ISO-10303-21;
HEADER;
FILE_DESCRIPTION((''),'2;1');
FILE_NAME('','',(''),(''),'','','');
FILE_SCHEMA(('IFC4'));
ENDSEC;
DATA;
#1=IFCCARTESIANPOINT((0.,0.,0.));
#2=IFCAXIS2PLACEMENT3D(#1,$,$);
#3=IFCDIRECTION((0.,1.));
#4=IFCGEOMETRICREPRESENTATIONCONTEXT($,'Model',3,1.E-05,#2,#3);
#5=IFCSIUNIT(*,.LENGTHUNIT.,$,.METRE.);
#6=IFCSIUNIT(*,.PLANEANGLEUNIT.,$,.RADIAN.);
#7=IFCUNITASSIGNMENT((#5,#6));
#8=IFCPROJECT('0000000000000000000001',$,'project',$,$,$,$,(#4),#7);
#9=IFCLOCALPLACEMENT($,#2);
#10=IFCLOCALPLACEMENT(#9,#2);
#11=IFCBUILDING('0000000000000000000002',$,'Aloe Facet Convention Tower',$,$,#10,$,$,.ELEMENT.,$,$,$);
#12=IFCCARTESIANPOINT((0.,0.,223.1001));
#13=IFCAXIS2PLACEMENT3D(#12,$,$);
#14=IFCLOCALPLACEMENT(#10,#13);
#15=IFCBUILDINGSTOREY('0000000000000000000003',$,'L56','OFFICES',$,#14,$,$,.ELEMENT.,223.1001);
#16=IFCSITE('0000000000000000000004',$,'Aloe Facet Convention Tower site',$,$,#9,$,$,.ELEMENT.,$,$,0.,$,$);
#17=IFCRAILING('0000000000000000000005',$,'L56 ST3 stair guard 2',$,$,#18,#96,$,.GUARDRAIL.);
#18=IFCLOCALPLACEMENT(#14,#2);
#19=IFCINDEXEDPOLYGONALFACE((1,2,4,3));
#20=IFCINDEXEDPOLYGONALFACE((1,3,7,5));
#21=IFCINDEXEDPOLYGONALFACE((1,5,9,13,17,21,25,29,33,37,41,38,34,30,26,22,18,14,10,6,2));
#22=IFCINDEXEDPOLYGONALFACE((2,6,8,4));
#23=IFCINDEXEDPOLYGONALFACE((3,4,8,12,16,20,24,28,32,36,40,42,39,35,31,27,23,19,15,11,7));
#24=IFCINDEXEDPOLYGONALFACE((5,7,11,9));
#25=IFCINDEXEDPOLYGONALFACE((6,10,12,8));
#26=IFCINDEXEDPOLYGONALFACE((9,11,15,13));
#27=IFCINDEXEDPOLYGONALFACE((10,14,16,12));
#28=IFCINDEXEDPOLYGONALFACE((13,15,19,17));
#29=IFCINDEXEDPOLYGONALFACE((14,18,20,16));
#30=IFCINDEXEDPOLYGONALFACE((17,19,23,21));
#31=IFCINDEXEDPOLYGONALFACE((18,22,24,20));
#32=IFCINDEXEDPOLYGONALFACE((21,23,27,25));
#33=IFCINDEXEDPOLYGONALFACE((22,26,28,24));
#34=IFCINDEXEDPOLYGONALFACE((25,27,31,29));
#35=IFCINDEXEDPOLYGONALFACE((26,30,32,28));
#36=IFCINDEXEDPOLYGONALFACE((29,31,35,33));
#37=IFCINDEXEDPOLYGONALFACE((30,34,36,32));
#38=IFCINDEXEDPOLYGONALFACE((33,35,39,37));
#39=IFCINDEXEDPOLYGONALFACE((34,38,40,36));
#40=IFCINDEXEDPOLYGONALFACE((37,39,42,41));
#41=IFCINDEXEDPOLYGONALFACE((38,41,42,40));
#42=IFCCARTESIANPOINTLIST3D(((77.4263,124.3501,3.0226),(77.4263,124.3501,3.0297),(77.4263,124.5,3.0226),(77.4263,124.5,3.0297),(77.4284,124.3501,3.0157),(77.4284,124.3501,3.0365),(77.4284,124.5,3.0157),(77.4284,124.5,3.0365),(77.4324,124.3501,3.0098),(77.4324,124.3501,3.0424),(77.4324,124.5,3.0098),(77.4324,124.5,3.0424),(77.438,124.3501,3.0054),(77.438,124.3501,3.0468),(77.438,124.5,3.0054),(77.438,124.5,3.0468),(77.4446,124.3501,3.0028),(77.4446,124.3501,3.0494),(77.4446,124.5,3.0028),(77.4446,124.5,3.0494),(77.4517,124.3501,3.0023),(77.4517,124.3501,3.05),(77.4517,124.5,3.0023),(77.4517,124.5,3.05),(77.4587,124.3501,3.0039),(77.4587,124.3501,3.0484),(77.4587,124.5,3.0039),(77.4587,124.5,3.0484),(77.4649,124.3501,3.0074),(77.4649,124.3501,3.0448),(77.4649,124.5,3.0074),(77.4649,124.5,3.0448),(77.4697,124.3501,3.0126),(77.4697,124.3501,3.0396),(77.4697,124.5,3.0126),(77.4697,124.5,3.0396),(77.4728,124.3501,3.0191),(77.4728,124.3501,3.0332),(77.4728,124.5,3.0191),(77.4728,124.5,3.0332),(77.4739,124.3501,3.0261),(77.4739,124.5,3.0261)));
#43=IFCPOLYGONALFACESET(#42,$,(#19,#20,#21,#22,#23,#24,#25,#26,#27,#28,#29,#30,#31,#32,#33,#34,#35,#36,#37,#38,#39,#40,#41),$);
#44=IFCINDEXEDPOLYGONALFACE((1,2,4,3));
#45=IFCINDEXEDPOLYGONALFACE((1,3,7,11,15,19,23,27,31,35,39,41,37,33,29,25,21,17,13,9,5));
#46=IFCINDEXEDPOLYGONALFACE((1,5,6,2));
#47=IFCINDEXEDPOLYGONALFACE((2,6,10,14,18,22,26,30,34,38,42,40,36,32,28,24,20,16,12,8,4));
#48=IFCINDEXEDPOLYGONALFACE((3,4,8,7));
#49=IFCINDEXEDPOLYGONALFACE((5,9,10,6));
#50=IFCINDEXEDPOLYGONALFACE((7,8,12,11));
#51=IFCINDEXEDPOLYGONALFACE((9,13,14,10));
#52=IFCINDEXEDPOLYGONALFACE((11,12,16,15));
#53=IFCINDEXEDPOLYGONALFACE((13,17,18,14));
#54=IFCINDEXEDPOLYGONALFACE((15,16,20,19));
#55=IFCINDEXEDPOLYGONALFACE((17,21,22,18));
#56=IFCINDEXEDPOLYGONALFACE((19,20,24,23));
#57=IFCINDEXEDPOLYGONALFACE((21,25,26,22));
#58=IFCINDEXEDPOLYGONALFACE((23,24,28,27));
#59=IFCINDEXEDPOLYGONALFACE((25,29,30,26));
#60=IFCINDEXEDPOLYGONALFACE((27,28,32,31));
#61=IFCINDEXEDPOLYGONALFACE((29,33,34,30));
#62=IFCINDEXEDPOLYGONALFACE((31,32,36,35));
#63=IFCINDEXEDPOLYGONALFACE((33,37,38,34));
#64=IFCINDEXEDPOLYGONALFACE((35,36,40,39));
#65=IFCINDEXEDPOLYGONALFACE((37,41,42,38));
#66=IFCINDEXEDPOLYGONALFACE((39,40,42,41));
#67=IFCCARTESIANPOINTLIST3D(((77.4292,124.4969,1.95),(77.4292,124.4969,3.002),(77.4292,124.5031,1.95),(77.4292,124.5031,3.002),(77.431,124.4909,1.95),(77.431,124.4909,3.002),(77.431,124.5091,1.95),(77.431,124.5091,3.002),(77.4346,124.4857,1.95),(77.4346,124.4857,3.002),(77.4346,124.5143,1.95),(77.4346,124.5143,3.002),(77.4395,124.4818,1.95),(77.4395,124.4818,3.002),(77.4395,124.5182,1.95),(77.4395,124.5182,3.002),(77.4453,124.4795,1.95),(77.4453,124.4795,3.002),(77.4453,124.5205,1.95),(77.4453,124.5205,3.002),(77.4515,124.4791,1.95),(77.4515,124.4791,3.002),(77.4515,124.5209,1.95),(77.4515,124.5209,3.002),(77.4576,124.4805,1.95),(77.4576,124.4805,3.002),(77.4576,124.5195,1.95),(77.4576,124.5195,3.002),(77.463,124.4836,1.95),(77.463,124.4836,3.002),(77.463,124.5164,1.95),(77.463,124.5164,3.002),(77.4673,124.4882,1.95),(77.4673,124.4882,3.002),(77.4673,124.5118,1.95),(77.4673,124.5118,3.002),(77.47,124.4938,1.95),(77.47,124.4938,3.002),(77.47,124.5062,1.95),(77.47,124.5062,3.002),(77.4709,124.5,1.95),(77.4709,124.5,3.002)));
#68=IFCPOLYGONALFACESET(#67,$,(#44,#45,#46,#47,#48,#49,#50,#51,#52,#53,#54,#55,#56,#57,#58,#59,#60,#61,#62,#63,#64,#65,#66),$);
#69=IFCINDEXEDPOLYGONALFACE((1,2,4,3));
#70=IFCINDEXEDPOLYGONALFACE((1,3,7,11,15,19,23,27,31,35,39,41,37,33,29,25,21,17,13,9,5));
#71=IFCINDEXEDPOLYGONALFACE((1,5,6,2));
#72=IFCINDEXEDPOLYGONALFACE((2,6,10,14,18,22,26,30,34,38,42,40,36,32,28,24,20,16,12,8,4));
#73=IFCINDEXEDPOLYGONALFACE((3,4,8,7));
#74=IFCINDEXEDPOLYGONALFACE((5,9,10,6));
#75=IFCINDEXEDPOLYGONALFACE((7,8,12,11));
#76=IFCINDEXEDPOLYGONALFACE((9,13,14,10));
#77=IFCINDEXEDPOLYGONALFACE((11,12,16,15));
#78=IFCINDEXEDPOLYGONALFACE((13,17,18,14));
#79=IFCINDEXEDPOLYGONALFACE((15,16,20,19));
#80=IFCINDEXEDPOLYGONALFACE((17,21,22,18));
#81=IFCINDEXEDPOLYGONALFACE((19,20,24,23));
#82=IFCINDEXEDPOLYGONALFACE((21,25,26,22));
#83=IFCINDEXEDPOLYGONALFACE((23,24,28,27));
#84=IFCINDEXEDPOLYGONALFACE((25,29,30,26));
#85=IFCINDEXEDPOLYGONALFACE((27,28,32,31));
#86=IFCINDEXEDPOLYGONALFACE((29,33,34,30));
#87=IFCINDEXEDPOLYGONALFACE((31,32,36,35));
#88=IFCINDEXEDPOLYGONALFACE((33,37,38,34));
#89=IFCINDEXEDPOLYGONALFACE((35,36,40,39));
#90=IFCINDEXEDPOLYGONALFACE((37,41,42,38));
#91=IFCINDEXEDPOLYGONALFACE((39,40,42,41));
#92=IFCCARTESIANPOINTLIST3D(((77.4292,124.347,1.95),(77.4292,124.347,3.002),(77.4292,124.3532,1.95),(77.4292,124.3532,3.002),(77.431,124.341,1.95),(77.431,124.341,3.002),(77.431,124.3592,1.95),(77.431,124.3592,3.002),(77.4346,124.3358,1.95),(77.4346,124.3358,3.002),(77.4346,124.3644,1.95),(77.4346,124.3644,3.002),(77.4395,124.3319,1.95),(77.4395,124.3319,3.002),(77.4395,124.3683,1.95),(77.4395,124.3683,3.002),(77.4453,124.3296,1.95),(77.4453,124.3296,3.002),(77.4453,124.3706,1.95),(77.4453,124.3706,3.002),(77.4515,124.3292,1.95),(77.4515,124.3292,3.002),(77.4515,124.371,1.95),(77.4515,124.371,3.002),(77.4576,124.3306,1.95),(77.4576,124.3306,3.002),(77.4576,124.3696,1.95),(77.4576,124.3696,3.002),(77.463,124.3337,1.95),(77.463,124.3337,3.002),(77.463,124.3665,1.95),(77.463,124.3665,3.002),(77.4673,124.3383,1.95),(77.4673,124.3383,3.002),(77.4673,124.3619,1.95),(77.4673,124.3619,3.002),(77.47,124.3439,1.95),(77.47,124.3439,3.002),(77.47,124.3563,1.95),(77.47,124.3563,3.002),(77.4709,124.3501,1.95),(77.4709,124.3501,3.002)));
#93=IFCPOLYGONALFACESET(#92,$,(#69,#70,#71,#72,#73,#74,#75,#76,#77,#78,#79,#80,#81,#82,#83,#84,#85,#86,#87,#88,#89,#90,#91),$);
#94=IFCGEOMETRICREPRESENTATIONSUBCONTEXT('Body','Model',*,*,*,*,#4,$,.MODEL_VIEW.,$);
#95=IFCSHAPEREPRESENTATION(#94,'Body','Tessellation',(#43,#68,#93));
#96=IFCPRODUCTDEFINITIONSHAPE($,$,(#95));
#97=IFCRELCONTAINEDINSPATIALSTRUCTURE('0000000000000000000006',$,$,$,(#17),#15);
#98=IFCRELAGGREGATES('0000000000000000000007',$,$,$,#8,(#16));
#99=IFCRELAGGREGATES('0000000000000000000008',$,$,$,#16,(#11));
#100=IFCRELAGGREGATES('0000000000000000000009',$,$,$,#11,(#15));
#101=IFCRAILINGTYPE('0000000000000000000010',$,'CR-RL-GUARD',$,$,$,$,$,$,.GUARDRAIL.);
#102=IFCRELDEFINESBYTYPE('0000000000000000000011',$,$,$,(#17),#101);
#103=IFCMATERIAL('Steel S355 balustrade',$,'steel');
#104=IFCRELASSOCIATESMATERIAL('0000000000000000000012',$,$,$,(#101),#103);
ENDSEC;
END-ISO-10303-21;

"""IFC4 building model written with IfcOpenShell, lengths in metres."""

from ifc_helpers import new_model, si_unit, direction, frame, origin, origin_2d, place, context, subcontext, project, spatial, circle, extrude, material, type_object, element, save


model = new_model("IFC4")

# Units and contexts
model_context = context("Model", 3, precision=1e-05, world=origin(), true_north=direction((0.0, 1.0)))
body_context = subcontext(model_context, "Body", "Model", "MODEL_VIEW")
ifc_project = project(units=[si_unit("LENGTHUNIT", "METRE"), si_unit("PLANEANGLEUNIT", "RADIAN")], contexts=[model_context])

# Site, building, storey
site_placement = place(None, origin())
site = spatial("IfcSite", under=ifc_project, at=site_placement, Name="Aloe Facet Convention Tower site", CompositionType="ELEMENT", RefElevation=0.0)
building_placement = place(site_placement, origin())
building = spatial("IfcBuilding", under=site, at=building_placement, Name="Aloe Facet Convention Tower", CompositionType="ELEMENT")
storey_placement = place(building_placement, frame((0.0, 0.0, 223.1001)))
storey = spatial("IfcBuildingStorey", under=building, at=storey_placement, Name="L56", Description="OFFICES", CompositionType="ELEMENT", Elevation=223.1001)

# Railing
ifc_material_1 = material(Name="Steel S355 balustrade", Category="steel")
railing_type_1 = type_object("IfcRailingType", Name="CR-RL-GUARD", PredefinedType="GUARDRAIL", material=ifc_material_1)
railing_1_placement = place(storey_placement, frame((77.45, 124.5, 1.95)))
element("IfcRailing", 1, at=railing_1_placement, inside=storey, type_object=railing_type_1, Name="L56 ST3 stair guard 2", PredefinedType="GUARDRAIL", context=body_context, shape_type="SweptSolid", body=[
    extrude(circle(Radius=0.0239, at=origin_2d()), frame((0.0, 0.0, 1.0762), z_axis=(0.0, -1.0, 0.0), x_axis=(1.0, 0.0, 0.0)), (0.0, 0.0, 1.0), 0.1499),
    extrude(circle(Radius=0.021, at=origin_2d()), origin(), (0.0, 0.0, 1.0), 1.052),
    extrude(circle(Radius=0.021, at=origin_2d()), frame((0.0, -0.1499, 0.0)), (0.0, 0.0, 1.0), 1.052),
])

save(model, "model.ifc")
